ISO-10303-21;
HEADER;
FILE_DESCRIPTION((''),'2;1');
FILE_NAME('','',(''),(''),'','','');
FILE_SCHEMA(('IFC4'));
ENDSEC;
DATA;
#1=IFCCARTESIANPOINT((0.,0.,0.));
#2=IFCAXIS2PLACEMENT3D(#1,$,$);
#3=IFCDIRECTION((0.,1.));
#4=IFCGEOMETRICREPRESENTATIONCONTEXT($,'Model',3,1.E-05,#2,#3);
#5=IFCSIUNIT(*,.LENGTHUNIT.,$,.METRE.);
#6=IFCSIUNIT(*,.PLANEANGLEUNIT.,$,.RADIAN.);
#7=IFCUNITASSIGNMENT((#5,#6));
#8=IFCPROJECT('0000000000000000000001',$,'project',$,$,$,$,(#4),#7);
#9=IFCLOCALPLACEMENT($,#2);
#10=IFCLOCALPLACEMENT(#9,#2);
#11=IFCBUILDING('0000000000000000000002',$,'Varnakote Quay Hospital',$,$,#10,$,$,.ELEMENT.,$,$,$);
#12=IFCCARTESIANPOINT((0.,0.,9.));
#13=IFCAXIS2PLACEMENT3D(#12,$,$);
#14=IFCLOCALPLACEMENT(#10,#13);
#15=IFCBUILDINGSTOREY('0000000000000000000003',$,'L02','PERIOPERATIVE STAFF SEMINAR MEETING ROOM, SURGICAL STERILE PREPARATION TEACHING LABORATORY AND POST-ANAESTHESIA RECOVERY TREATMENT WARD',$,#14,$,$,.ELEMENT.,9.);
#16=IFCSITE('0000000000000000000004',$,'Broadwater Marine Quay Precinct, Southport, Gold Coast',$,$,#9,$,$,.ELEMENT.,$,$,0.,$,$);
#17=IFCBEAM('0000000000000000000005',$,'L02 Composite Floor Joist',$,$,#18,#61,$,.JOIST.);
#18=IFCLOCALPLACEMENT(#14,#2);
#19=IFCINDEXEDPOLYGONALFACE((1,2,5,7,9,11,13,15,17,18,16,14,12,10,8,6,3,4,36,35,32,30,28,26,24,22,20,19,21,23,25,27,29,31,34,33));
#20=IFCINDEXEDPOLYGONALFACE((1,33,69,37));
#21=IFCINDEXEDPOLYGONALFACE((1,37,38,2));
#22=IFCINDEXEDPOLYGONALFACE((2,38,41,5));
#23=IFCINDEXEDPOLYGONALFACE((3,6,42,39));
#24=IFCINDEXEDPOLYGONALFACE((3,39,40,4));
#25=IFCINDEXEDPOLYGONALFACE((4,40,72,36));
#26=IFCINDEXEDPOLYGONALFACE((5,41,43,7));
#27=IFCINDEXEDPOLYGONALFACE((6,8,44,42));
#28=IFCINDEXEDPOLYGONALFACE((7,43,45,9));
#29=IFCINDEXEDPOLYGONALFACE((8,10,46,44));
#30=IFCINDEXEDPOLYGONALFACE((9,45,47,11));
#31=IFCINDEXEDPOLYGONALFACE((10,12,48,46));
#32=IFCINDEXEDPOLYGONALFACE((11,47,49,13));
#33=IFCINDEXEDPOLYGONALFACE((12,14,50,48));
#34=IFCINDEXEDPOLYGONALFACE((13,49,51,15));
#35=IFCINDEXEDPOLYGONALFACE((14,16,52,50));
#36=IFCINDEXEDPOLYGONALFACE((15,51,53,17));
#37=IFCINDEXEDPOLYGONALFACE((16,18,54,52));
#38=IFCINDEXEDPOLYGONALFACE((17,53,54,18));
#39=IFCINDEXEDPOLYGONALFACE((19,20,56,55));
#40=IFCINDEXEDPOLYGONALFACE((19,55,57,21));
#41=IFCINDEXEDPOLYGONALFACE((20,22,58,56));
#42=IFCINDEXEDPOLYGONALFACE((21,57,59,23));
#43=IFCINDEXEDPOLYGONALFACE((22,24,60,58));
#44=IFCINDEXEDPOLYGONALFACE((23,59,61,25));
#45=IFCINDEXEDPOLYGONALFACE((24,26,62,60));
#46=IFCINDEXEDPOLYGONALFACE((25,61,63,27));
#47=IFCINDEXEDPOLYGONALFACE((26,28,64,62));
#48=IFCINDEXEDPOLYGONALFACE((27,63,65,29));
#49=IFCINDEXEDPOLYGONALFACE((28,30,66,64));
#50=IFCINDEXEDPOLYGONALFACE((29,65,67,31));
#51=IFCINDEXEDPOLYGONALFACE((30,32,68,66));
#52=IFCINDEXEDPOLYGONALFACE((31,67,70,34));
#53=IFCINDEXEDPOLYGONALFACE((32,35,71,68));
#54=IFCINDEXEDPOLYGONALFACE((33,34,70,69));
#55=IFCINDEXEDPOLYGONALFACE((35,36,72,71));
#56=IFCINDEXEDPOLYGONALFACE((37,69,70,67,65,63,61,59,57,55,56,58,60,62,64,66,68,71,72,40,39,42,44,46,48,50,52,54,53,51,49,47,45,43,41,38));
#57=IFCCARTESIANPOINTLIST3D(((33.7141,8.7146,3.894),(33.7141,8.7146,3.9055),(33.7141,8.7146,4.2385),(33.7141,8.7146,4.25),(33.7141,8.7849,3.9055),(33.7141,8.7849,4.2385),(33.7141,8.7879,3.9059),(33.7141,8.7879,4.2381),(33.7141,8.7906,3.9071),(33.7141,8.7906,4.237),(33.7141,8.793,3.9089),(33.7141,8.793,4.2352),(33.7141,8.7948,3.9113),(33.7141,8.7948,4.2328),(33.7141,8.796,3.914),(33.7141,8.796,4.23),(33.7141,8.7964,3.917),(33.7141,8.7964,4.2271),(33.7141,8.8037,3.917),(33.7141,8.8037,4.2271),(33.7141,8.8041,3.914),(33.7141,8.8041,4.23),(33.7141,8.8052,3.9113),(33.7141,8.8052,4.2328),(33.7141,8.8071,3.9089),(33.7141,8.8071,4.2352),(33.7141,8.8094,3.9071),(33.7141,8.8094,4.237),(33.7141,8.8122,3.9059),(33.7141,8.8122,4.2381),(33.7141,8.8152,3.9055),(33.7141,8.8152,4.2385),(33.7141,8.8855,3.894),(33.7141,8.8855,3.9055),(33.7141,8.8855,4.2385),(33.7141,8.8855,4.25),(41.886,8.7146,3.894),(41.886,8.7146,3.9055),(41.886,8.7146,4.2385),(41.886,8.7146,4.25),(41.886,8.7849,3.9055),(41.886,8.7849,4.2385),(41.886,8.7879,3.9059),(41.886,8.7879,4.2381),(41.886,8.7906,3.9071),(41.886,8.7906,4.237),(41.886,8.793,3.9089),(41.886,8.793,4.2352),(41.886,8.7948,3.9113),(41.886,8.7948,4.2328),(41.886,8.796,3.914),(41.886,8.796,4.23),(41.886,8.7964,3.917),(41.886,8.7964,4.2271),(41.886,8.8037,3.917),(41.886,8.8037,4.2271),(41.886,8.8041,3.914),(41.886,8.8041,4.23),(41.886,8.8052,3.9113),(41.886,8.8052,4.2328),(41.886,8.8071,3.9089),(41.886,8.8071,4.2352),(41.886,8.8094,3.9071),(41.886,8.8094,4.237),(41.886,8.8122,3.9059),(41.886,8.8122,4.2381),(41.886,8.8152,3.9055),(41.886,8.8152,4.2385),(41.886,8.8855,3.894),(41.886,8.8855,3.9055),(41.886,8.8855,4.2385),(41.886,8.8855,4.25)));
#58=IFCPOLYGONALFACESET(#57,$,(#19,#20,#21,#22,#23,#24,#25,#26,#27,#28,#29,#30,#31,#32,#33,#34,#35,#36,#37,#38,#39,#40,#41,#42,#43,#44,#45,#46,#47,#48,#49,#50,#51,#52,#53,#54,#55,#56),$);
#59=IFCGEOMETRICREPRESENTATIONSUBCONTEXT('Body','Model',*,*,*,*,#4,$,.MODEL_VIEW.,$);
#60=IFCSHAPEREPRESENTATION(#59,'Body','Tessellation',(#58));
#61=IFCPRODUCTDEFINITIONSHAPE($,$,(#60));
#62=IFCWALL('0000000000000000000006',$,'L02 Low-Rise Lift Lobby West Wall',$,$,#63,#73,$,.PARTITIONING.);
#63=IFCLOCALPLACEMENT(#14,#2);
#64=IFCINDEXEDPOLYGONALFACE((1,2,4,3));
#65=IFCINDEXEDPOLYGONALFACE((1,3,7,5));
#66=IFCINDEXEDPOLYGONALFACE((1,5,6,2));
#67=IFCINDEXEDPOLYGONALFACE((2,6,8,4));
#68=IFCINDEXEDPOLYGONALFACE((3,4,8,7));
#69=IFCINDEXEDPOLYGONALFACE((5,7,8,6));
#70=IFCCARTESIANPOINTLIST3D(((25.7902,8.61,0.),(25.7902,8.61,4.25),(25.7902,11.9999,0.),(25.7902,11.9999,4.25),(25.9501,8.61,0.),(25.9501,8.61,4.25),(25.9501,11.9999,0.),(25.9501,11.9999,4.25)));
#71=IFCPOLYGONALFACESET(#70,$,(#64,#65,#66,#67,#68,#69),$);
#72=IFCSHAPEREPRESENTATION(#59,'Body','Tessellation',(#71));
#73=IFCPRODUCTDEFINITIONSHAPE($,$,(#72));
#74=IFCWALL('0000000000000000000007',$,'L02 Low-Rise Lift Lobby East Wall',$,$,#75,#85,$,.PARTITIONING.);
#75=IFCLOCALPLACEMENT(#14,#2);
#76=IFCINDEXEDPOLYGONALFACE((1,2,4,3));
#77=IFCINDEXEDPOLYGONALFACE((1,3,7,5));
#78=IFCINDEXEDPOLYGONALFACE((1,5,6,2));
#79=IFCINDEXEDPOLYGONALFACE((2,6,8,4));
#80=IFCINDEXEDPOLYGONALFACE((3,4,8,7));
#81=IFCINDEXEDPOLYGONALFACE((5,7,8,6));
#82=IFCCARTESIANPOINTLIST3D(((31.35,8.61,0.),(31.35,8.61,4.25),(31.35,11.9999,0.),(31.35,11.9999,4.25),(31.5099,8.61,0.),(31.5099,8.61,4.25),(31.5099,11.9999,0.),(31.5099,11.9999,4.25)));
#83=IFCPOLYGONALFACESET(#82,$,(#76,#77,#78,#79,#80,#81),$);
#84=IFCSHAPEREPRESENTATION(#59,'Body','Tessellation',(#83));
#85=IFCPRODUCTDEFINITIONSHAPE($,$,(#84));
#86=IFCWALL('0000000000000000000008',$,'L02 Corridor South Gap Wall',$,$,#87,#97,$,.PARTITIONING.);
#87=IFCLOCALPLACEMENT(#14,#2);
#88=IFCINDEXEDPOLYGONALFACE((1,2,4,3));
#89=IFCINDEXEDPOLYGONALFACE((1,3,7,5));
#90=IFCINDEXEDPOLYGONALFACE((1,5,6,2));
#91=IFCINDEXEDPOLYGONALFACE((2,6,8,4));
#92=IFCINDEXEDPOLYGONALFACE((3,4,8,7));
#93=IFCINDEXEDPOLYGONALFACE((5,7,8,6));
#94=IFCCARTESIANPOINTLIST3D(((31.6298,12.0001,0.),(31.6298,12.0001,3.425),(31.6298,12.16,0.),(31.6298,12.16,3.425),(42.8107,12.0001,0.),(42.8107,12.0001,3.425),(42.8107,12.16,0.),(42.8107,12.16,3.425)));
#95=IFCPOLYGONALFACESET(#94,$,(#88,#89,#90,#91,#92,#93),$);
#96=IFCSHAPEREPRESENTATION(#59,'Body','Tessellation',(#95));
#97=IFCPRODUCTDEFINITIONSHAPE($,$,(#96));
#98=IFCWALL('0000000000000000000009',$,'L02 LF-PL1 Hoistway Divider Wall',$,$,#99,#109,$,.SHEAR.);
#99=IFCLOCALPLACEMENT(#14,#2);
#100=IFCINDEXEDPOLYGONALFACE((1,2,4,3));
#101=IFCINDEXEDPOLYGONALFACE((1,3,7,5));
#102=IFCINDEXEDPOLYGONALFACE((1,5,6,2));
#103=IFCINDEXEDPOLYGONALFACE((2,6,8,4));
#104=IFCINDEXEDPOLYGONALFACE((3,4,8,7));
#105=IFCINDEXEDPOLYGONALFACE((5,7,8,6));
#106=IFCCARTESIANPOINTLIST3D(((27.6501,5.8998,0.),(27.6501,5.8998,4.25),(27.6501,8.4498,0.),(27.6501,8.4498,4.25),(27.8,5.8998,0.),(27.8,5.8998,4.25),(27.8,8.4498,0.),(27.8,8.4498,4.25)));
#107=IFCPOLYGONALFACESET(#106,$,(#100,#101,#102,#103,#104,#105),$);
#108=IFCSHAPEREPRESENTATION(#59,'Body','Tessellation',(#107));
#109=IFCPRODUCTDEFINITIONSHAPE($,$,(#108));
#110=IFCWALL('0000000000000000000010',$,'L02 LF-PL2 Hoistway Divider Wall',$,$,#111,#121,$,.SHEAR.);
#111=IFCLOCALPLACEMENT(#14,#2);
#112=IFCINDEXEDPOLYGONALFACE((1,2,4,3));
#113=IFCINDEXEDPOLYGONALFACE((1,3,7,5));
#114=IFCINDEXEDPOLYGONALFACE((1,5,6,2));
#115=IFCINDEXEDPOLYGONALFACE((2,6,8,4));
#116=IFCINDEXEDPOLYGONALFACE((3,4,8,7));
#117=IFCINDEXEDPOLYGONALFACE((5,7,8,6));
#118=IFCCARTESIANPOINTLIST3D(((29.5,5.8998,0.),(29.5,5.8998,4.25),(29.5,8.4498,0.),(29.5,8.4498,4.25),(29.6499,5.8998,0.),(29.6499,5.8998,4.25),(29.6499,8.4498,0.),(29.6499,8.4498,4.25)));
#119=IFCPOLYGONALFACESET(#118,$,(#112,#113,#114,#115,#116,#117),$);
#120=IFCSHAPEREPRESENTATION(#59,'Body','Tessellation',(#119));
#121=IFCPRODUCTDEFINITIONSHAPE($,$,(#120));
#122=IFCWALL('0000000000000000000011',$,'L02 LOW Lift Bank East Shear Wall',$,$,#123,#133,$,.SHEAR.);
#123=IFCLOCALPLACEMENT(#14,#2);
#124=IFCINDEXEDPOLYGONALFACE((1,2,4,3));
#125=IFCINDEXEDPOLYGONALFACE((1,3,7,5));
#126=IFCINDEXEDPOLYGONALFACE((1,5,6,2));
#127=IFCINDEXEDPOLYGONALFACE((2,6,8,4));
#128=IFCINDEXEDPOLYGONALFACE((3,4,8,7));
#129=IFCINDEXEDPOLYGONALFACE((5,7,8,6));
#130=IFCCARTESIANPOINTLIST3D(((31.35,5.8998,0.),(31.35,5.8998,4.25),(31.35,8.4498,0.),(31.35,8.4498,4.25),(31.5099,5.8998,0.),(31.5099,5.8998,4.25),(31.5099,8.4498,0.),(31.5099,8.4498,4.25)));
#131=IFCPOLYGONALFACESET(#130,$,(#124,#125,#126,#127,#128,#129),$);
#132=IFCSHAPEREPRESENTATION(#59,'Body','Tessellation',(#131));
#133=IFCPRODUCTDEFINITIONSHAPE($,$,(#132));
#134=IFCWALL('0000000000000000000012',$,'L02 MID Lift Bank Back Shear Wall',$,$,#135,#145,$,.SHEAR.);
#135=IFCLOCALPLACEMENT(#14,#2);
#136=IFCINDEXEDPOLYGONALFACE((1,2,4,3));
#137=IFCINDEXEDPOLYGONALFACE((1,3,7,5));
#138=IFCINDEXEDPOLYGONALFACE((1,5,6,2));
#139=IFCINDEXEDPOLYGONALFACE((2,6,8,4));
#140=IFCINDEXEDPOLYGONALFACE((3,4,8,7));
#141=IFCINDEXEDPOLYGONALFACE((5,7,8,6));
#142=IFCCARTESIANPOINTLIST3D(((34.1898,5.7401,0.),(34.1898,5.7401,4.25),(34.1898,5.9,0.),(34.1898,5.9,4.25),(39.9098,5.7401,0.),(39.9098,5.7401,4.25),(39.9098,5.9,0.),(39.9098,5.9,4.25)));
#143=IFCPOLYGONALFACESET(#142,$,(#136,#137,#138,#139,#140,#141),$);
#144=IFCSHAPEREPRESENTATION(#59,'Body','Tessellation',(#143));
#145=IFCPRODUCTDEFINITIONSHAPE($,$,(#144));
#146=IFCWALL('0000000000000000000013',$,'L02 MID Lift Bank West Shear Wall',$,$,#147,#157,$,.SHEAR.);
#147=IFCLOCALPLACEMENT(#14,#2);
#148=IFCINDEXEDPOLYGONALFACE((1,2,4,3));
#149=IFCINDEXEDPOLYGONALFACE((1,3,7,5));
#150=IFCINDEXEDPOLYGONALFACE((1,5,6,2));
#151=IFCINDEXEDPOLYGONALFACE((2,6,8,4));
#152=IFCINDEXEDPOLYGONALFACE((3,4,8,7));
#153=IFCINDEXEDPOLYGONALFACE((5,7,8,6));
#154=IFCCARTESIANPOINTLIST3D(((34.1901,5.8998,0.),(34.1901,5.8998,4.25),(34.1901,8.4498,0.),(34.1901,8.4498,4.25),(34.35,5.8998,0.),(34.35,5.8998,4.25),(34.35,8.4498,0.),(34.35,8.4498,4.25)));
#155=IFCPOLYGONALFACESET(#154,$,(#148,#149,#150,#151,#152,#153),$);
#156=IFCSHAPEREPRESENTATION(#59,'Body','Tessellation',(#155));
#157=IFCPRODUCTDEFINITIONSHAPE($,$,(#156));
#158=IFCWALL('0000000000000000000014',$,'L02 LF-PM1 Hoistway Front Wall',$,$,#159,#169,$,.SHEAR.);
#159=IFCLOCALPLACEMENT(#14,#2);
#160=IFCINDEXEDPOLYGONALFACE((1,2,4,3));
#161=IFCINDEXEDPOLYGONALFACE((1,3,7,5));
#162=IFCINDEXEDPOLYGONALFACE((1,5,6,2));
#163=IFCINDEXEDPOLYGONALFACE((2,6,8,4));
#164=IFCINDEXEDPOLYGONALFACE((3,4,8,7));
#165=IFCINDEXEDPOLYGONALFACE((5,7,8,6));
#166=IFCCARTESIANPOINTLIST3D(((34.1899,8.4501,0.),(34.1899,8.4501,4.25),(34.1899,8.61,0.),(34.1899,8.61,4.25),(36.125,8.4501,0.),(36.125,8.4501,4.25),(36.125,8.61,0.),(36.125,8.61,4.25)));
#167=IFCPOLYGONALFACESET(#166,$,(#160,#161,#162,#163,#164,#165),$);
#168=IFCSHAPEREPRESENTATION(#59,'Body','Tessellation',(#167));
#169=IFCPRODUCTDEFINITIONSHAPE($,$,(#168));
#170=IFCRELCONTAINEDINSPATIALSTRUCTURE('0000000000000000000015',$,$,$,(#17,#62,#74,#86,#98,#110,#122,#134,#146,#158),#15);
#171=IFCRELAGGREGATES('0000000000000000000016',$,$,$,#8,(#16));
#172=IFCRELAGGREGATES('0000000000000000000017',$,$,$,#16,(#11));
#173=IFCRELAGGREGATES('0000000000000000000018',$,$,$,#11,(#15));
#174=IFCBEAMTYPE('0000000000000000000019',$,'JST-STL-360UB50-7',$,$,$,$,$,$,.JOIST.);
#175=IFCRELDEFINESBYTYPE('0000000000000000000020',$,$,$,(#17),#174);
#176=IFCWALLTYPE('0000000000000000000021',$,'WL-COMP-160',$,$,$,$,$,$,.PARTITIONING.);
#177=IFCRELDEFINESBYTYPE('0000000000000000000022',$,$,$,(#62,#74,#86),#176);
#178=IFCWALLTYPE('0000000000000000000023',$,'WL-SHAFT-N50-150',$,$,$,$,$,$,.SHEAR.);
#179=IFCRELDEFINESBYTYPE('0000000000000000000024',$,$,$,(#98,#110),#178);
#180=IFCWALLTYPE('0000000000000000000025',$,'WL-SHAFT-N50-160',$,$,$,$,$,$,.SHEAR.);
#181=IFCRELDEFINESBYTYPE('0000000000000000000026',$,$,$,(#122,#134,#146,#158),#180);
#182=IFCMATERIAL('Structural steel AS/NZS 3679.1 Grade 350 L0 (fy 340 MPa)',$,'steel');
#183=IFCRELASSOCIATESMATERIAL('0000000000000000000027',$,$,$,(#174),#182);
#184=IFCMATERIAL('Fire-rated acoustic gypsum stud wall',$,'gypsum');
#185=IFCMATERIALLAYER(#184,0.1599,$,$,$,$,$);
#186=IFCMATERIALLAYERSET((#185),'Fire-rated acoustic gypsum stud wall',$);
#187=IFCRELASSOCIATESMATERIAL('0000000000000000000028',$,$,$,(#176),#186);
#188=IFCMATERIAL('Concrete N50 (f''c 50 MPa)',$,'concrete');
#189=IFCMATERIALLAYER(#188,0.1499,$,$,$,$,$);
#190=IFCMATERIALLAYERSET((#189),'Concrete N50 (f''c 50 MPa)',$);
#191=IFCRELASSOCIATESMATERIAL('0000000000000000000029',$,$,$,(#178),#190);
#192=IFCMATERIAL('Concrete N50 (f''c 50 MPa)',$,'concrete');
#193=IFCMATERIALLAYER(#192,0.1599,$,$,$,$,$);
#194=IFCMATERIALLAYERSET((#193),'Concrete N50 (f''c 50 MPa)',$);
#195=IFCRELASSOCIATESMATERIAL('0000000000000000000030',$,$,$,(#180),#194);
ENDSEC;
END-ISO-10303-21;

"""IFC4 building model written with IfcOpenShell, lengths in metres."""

from ifc_helpers import new_model, si_unit, direction, frame, frame_2d, origin, origin_2d, place, context, subcontext, project, spatial, rectangle, i_section, extrude, material, layer, layer_set, material_profile, profile_set, type_object, element, save


model = new_model("IFC4")

# Units and contexts
model_context = context("Model", 3, precision=1e-05, world=origin(), true_north=direction((0.0, 1.0)))
body_context = subcontext(model_context, "Body", "Model", "MODEL_VIEW")
ifc_project = project(units=[si_unit("LENGTHUNIT", "METRE"), si_unit("PLANEANGLEUNIT", "RADIAN")], contexts=[model_context])

# Site, building, storey
site_placement = place(None, origin())
site = spatial("IfcSite", under=ifc_project, at=site_placement, Name="Broadwater Marine Quay Precinct, Southport, Gold Coast", CompositionType="ELEMENT", RefElevation=0.0)
building_placement = place(site_placement, origin())
building = spatial("IfcBuilding", under=site, at=building_placement, Name="Varnakote Quay Hospital", CompositionType="ELEMENT")
storey_placement = place(building_placement, frame((0.0, 0.0, 9.0)))
storey = spatial("IfcBuildingStorey", under=building, at=storey_placement, Name="L02", Description="PERIOPERATIVE STAFF SEMINAR MEETING ROOM, SURGICAL STERILE PREPARATION TEACHING LABORATORY AND POST-ANAESTHESIA RECOVERY TREATMENT WARD", CompositionType="ELEMENT", Elevation=9.0)

# Beam
ifc_material_1 = material(Name="Structural steel AS/NZS 3679.1 Grade 350 L0 (fy 340 MPa)", Category="steel")
ifc_material_profile_1 = material_profile(ifc_material_1, i_section(OverallWidth=0.1709, OverallDepth=0.356, WebThickness=0.0073, FlangeThickness=0.0115, FilletRadius=0.0115, at=origin_2d()), Name="360UB50.7")
ifc_profile_set_1 = profile_set([ifc_material_profile_1], Name="Structural steel AS/NZS 3679.1 Grade 350 L0 (fy 340 MPa)")
beam_type_1 = type_object("IfcBeamType", Name="JST-STL-360UB50-7", PredefinedType="JOIST", material=ifc_profile_set_1)
beam_1_placement = place(storey_placement, frame((33.7141, 8.8, 4.072), z_axis=(1.0, 0.0, 0.0), x_axis=(0.0, 1.0, 0.0)))
element("IfcBeam", 1, at=beam_1_placement, inside=storey, type_object=beam_type_1, Name="L02 Composite Floor Joist", PredefinedType="JOIST", context=body_context, shape_type="SweptSolid", body=[
    extrude(i_section(OverallWidth=0.1709, OverallDepth=0.356, WebThickness=0.0073, FlangeThickness=0.0115, FilletRadius=0.0115, at=origin_2d()), origin(), (0.0, 0.0, 1.0), 8.1719),
])

# Walls
ifc_material_2 = material(Name="Fire-rated acoustic gypsum stud wall", Category="gypsum")
ifc_layer_1 = layer(ifc_material_2, 0.1599)
ifc_layer_set_1 = layer_set([ifc_layer_1], Name="Fire-rated acoustic gypsum stud wall")
wall_type_1 = type_object("IfcWallType", Name="WL-COMP-160", PredefinedType="PARTITIONING", material=ifc_layer_set_1)
for number, where, z_axis, x_axis, name in (
    (2, (25.8701, 8.6101, 0.0), (0.0, 0.0, 1.0), (0.0, 1.0, 0.0), "L02 Low-Rise Lift Lobby West Wall"),
    (3, (31.4299, 8.6101, 0.0), (0.0, 0.0, 1.0), (0.0, 1.0, 0.0), "L02 Low-Rise Lift Lobby East Wall"),
):
    element("IfcWall", number, at=place(storey_placement, frame(where, z_axis=z_axis, x_axis=x_axis)), inside=storey, type_object=wall_type_1, Name=name, PredefinedType="PARTITIONING", context=body_context, shape_type="SweptSolid", body=[
        extrude(rectangle(XDim=3.3899, YDim=0.1599, at=frame_2d((1.6948, 0.0))), origin(), (0.0, 0.0, 1.0), 4.25),
    ])
wall_1_placement = place(storey_placement, frame((31.6299, 12.0801, 0.0), z_axis=(0.0, 0.0, 1.0), x_axis=(1.0, 0.0, 0.0)))
element("IfcWall", 4, at=wall_1_placement, inside=storey, type_object=wall_type_1, Name="L02 Corridor South Gap Wall", PredefinedType="PARTITIONING", context=body_context, shape_type="SweptSolid", body=[
    extrude(rectangle(XDim=11.1809, YDim=0.1599, at=frame_2d((5.5903, 0.0))), origin(), (0.0, 0.0, 1.0), 3.425),
])
ifc_material_3 = material(Name="Concrete N50 (f'c 50 MPa)", Category="concrete")
ifc_layer_2 = layer(ifc_material_3, 0.1499)
ifc_layer_set_2 = layer_set([ifc_layer_2], Name="Concrete N50 (f'c 50 MPa)")
wall_type_2 = type_object("IfcWallType", Name="WL-SHAFT-N50-150", PredefinedType="SHEAR", material=ifc_layer_set_2)
for number, where, z_axis, x_axis, name in (
    (5, (27.7251, 5.8999, 0.0), (0.0, 0.0, 1.0), (0.0, 1.0, 0.0), "L02 LF-PL1 Hoistway Divider Wall"),
    (6, (29.575, 5.8999, 0.0), (0.0, 0.0, 1.0), (0.0, 1.0, 0.0), "L02 LF-PL2 Hoistway Divider Wall"),
):
    element("IfcWall", number, at=place(storey_placement, frame(where, z_axis=z_axis, x_axis=x_axis)), inside=storey, type_object=wall_type_2, Name=name, PredefinedType="SHEAR", context=body_context, shape_type="SweptSolid", body=[
        extrude(rectangle(XDim=2.55, YDim=0.1499, at=frame_2d((1.2749, 0.0))), origin(), (0.0, 0.0, 1.0), 4.25),
    ])
ifc_material_4 = material(Name="Concrete N50 (f'c 50 MPa)", Category="concrete")
ifc_layer_3 = layer(ifc_material_4, 0.1599)
ifc_layer_set_3 = layer_set([ifc_layer_3], Name="Concrete N50 (f'c 50 MPa)")
wall_type_3 = type_object("IfcWallType", Name="WL-SHAFT-N50-160", PredefinedType="SHEAR", material=ifc_layer_set_3)
wall_2_placement = place(storey_placement, frame((31.4299, 5.8999, 0.0), z_axis=(0.0, 0.0, 1.0), x_axis=(0.0, 1.0, 0.0)))
element("IfcWall", 7, at=wall_2_placement, inside=storey, type_object=wall_type_3, Name="L02 LOW Lift Bank East Shear Wall", PredefinedType="SHEAR", context=body_context, shape_type="SweptSolid", body=[
    extrude(rectangle(XDim=2.55, YDim=0.1599, at=frame_2d((1.2749, 0.0))), origin(), (0.0, 0.0, 1.0), 4.25),
])

# Walls
wall_3_placement = place(storey_placement, frame((34.1899, 5.8201, 0.0), z_axis=(0.0, 0.0, 1.0), x_axis=(1.0, 0.0, 0.0)))
element("IfcWall", 8, at=wall_3_placement, inside=storey, type_object=wall_type_3, Name="L02 MID Lift Bank Back Shear Wall", PredefinedType="SHEAR", context=body_context, shape_type="SweptSolid", body=[
    extrude(rectangle(XDim=5.72, YDim=0.1599, at=frame_2d((2.8599, 0.0))), origin(), (0.0, 0.0, 1.0), 4.25),
])
wall_4_placement = place(storey_placement, frame((34.27, 5.8999, 0.0), z_axis=(0.0, 0.0, 1.0), x_axis=(0.0, 1.0, 0.0)))
element("IfcWall", 9, at=wall_4_placement, inside=storey, type_object=wall_type_3, Name="L02 MID Lift Bank West Shear Wall", PredefinedType="SHEAR", context=body_context, shape_type="SweptSolid", body=[
    extrude(rectangle(XDim=2.55, YDim=0.1599, at=frame_2d((1.2749, 0.0))), origin(), (0.0, 0.0, 1.0), 4.25),
])
wall_5_placement = place(storey_placement, frame((34.1899, 8.53, 0.0), z_axis=(0.0, 0.0, 1.0), x_axis=(1.0, 0.0, 0.0)))
element("IfcWall", 10, at=wall_5_placement, inside=storey, type_object=wall_type_3, Name="L02 LF-PM1 Hoistway Front Wall", PredefinedType="SHEAR", context=body_context, shape_type="SweptSolid", body=[
    extrude(rectangle(XDim=1.9351, YDim=0.1599, at=frame_2d((0.9675, 0.0))), origin(), (0.0, 0.0, 1.0), 4.25),
])

save(model, "model.ifc")
